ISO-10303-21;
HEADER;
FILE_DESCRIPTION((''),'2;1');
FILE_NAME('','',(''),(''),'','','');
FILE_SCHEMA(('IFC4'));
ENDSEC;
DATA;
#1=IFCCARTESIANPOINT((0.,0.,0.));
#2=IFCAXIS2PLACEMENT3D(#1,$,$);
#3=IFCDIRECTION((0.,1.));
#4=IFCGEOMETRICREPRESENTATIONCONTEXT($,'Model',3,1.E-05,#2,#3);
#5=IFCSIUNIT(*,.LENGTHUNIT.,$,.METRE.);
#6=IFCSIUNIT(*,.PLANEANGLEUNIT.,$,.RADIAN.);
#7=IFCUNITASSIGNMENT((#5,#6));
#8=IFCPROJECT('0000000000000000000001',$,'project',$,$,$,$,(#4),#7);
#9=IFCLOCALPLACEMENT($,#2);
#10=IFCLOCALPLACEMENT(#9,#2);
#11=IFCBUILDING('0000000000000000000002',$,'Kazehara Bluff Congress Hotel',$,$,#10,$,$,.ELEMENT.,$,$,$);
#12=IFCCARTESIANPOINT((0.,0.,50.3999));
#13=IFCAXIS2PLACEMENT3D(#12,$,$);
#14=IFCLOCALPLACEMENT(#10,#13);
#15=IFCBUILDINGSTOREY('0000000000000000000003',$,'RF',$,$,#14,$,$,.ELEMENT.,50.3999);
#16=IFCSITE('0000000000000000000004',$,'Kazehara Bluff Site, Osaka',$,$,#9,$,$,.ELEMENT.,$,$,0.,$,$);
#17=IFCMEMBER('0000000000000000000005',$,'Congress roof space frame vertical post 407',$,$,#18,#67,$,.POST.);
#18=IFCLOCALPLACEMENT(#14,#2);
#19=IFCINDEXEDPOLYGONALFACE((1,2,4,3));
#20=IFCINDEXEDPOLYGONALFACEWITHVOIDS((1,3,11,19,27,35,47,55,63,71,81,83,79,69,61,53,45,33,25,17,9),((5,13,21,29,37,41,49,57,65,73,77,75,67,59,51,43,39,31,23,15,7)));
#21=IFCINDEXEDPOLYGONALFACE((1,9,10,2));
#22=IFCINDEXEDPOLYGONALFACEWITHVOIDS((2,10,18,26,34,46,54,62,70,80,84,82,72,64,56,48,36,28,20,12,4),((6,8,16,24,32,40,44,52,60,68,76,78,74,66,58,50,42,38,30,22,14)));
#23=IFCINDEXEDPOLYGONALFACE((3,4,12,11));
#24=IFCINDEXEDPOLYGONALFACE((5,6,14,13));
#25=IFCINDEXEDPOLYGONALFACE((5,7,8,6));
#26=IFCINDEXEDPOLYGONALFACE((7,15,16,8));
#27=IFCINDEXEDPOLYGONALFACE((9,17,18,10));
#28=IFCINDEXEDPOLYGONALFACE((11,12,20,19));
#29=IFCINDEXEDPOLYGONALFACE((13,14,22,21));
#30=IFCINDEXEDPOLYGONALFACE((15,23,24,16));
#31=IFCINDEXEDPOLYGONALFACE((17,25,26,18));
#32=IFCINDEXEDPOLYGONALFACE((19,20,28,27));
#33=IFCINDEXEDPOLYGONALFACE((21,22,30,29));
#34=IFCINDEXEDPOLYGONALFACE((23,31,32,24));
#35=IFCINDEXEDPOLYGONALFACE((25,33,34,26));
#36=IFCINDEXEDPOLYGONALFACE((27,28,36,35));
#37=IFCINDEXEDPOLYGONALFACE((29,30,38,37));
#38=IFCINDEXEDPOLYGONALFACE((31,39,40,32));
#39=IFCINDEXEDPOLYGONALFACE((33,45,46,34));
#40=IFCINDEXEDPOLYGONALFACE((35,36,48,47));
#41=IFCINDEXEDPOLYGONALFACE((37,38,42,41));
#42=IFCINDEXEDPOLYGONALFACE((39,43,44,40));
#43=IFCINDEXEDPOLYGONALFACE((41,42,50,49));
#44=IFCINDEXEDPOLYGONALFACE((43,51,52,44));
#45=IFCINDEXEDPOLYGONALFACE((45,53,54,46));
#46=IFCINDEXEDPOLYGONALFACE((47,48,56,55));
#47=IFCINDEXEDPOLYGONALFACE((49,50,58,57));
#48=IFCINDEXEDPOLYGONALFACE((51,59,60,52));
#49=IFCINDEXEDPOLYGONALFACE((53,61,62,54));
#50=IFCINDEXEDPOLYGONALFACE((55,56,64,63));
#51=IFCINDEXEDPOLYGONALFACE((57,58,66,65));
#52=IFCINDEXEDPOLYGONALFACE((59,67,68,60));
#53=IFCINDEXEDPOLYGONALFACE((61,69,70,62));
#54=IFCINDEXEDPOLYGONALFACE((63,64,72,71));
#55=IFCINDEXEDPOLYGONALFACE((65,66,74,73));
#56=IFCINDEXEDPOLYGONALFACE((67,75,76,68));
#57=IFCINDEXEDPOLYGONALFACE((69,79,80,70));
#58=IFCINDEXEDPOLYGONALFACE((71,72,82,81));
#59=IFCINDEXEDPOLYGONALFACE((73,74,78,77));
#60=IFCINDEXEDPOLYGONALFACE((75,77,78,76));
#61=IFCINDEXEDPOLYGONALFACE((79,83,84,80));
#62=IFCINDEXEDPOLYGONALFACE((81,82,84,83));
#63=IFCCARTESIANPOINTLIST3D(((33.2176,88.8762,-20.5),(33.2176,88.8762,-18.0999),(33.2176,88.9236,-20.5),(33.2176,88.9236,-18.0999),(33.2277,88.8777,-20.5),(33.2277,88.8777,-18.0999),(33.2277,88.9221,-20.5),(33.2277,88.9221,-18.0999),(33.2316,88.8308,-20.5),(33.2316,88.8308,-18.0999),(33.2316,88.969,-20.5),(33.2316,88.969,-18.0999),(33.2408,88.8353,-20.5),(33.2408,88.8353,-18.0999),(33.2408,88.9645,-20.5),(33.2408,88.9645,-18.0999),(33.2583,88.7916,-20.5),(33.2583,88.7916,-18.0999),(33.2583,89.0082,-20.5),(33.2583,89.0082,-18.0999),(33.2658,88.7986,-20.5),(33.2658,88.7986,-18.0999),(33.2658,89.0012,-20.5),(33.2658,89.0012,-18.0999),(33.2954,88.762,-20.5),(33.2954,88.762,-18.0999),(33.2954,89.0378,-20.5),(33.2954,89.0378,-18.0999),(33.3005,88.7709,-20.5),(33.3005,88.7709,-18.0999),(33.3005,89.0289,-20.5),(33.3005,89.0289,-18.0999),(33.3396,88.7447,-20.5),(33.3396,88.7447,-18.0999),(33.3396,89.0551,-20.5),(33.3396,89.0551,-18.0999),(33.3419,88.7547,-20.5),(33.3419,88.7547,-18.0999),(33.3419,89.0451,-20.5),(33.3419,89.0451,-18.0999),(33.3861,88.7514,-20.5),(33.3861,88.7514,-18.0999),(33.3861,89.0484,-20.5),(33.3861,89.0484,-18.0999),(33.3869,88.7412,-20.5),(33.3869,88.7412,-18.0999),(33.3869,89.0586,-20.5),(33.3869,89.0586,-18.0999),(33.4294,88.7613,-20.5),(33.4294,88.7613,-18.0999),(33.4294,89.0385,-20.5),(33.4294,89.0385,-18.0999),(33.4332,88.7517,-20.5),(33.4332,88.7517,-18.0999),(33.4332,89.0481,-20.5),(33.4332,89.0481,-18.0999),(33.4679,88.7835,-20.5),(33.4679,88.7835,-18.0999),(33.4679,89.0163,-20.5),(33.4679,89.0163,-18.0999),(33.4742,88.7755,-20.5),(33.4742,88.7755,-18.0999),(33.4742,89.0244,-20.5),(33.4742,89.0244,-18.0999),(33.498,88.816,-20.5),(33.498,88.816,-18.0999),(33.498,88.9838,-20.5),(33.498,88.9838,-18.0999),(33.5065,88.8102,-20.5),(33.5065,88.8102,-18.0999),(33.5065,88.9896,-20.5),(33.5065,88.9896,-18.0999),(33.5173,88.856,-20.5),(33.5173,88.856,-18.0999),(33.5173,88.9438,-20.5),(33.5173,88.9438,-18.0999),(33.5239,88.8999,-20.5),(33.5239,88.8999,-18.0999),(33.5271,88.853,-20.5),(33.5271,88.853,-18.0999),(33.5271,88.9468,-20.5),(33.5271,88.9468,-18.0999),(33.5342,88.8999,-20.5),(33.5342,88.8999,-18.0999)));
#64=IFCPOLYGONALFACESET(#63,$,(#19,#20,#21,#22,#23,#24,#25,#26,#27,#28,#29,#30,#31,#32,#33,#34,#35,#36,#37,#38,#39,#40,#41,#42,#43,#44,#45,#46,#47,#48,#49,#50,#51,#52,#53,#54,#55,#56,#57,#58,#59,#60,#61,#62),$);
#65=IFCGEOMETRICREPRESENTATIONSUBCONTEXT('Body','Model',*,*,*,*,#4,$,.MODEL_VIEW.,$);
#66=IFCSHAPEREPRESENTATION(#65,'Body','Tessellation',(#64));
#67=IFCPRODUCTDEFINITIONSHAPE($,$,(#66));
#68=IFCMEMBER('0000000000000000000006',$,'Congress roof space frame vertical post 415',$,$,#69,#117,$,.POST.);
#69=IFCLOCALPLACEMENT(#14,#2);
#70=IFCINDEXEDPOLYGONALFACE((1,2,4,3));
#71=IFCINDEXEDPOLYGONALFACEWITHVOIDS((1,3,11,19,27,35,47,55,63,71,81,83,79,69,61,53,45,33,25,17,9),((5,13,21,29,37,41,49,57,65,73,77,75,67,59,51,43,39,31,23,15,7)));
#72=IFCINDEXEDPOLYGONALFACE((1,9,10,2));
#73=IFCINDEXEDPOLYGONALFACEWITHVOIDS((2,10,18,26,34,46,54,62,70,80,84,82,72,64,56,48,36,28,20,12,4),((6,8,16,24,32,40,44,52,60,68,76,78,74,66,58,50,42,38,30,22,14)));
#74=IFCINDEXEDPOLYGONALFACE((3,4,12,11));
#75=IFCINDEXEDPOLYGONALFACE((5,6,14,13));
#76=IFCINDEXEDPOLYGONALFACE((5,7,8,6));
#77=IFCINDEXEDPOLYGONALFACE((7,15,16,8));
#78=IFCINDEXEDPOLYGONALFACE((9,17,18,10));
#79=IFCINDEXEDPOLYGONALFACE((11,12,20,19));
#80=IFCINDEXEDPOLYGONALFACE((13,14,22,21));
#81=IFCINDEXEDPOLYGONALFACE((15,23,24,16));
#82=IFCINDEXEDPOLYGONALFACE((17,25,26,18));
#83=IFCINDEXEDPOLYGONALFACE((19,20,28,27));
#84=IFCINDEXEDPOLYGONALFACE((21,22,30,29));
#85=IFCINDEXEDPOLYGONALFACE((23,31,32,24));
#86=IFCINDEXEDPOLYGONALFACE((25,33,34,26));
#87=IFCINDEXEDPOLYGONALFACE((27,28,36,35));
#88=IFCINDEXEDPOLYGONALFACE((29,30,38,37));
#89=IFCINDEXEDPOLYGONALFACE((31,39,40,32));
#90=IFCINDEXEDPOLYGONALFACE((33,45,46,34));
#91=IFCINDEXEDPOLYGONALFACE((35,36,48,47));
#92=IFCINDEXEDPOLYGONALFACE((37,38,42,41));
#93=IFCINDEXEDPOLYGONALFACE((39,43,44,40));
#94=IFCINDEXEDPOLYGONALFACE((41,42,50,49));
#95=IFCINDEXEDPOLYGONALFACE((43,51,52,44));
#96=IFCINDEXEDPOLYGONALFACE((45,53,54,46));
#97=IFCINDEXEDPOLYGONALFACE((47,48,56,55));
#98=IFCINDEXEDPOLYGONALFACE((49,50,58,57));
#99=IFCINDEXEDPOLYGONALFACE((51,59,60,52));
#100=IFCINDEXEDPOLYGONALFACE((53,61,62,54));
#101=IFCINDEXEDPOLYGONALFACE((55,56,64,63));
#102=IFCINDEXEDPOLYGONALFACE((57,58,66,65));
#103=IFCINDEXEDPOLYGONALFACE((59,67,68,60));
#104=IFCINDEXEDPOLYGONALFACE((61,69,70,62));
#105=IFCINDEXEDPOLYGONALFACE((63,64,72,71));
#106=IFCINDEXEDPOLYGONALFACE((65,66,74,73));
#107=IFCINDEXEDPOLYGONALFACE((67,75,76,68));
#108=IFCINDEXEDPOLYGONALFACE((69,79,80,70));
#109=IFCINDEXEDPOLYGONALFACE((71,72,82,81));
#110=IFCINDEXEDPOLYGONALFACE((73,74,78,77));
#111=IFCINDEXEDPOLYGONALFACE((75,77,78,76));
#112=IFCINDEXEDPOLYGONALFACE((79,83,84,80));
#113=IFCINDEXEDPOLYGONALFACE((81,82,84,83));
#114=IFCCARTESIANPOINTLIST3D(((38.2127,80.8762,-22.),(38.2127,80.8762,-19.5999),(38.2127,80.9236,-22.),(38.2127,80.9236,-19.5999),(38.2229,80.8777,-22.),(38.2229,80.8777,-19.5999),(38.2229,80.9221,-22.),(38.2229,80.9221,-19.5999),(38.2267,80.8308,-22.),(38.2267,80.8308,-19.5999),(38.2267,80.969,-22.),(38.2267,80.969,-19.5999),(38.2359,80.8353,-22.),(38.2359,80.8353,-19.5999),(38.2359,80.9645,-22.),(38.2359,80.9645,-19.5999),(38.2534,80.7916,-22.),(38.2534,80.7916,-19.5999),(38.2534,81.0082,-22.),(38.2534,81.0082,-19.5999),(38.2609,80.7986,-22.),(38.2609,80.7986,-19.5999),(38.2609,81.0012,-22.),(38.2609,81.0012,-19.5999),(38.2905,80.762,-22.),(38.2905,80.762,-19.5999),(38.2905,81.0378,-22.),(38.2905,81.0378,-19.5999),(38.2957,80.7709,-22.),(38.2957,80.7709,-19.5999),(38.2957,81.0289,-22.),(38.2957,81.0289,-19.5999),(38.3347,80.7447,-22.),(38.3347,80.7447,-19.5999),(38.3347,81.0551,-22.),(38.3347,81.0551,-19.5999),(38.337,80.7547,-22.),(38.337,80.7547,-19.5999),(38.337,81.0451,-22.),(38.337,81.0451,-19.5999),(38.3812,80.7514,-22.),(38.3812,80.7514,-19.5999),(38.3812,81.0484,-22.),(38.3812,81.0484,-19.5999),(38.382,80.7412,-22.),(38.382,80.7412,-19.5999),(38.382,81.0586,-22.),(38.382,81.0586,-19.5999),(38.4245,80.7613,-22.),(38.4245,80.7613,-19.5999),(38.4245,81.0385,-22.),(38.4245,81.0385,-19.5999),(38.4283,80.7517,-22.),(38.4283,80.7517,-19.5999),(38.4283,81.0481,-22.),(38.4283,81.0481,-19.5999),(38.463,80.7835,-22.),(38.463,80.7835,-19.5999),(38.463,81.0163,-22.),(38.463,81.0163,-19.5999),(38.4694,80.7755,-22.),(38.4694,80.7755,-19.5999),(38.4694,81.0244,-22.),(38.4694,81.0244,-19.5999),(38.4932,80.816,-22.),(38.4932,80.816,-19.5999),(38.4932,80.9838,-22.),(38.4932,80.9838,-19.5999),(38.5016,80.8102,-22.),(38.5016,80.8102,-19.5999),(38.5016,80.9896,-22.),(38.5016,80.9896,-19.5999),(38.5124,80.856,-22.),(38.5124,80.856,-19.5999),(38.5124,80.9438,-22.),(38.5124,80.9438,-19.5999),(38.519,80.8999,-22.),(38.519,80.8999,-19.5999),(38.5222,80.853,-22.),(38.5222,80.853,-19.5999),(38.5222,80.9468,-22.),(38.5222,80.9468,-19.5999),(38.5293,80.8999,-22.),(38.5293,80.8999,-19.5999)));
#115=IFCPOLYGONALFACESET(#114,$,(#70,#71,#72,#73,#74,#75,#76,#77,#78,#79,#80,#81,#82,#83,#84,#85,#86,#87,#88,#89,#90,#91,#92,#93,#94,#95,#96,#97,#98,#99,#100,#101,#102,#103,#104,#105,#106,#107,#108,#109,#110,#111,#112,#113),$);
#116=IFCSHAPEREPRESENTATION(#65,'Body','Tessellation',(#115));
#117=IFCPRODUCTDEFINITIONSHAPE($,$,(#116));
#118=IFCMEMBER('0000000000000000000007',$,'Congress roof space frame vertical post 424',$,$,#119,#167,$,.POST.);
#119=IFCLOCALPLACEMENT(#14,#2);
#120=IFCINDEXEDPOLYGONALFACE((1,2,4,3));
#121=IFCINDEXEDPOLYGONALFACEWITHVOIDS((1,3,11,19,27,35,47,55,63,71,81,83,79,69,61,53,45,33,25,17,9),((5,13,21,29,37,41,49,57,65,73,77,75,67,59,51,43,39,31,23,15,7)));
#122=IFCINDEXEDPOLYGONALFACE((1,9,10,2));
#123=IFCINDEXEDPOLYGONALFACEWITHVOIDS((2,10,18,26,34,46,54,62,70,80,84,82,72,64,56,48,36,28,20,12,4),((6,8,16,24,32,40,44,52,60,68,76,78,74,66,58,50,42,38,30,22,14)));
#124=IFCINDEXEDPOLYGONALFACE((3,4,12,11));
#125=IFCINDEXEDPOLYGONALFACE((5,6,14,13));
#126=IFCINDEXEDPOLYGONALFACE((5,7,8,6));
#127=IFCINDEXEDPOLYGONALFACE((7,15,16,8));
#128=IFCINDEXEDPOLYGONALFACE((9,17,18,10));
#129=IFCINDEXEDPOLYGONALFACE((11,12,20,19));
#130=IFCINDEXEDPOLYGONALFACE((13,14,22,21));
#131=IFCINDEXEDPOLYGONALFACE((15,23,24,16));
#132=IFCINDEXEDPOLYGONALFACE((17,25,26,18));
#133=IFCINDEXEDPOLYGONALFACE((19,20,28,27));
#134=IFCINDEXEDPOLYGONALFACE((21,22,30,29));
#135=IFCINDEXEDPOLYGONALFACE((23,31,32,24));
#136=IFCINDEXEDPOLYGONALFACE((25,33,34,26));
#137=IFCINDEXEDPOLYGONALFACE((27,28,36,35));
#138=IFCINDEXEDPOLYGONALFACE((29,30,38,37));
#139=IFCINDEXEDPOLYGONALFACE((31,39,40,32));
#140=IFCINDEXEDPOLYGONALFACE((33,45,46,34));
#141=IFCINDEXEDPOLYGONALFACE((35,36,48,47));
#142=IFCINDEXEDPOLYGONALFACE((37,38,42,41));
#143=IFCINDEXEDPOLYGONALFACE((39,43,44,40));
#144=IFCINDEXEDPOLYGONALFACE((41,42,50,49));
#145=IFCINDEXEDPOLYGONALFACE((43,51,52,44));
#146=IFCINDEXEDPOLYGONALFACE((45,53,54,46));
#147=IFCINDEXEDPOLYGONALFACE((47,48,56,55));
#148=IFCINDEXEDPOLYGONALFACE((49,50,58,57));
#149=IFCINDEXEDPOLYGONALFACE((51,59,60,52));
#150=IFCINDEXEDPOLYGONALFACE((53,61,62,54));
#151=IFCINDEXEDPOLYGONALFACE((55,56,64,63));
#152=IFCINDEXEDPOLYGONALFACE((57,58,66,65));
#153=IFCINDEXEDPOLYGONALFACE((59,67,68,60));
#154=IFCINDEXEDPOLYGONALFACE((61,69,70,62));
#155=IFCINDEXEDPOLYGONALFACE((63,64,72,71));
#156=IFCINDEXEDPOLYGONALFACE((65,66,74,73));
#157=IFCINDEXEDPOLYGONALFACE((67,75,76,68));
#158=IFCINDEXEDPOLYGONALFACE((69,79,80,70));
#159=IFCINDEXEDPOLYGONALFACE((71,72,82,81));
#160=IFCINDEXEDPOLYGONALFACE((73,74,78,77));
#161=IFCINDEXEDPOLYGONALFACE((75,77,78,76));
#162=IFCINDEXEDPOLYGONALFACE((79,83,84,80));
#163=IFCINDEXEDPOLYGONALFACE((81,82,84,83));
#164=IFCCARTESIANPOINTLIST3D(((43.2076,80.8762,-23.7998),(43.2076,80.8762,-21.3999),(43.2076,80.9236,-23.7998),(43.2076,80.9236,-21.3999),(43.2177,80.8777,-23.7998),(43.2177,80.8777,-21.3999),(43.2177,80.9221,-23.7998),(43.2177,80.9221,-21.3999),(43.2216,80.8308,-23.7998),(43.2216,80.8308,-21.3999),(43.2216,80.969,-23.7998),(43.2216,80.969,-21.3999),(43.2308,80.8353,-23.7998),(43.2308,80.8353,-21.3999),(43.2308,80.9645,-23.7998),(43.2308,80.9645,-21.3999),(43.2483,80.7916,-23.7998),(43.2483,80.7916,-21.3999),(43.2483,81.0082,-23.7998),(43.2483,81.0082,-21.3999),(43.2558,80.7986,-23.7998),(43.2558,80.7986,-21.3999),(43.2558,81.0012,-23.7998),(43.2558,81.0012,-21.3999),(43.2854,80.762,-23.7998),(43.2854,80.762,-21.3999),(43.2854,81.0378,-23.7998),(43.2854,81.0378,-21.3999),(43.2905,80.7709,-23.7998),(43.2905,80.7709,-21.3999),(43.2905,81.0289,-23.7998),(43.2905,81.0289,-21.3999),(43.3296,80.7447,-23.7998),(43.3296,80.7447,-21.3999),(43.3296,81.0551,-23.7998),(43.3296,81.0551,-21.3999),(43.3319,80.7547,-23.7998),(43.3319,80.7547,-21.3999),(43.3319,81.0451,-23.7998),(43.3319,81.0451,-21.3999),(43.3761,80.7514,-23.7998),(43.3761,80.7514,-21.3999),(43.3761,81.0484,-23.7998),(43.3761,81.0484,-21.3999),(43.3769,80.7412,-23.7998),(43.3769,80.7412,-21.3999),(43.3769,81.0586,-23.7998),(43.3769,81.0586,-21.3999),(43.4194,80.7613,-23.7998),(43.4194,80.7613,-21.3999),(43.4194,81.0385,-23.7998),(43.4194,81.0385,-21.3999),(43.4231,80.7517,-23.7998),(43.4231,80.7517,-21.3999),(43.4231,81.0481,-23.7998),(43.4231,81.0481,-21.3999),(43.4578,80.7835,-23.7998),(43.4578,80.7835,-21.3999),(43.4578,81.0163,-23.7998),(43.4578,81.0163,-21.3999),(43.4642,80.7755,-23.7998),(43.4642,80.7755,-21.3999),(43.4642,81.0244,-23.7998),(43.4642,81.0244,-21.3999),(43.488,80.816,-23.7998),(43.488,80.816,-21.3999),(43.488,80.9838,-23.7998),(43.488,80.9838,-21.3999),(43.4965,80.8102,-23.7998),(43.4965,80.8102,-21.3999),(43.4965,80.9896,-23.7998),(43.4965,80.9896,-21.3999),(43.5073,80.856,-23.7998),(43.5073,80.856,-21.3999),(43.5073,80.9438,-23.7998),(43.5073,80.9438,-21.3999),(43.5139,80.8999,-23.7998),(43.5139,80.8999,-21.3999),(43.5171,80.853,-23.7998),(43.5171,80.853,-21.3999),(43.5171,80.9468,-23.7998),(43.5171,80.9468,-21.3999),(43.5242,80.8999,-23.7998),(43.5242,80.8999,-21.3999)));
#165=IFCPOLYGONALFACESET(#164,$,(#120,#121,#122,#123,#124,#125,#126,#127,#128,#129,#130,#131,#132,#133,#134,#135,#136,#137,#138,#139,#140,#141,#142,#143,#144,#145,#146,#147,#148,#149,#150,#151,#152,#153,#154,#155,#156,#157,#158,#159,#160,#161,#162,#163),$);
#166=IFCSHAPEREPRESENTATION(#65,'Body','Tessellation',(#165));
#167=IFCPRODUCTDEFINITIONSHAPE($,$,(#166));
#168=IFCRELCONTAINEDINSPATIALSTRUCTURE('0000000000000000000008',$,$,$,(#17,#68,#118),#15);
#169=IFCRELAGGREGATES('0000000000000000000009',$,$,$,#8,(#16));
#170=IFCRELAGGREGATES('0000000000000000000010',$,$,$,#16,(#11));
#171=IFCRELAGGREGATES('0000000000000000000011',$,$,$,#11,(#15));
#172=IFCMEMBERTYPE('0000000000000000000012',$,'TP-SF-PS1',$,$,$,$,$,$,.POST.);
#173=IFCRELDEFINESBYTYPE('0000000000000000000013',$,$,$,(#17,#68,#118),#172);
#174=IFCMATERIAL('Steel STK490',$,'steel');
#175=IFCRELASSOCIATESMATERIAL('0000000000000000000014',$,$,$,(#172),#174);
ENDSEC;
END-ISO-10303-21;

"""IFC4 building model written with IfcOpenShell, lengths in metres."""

from ifc_helpers import new_model, si_unit, direction, frame, origin, origin_2d, place, context, subcontext, project, spatial, hollow_circle, extrude, material, material_profile, profile_set, type_object, element, save


model = new_model("IFC4")

# Units and contexts
model_context = context("Model", 3, precision=1e-05, world=origin(), true_north=direction((0.0, 1.0)))
body_context = subcontext(model_context, "Body", "Model", "MODEL_VIEW")
ifc_project = project(units=[si_unit("LENGTHUNIT", "METRE"), si_unit("PLANEANGLEUNIT", "RADIAN")], contexts=[model_context])

# Site, building, storey
site_placement = place(None, origin())
site = spatial("IfcSite", under=ifc_project, at=site_placement, Name="Kazehara Bluff Site, Osaka", CompositionType="ELEMENT", RefElevation=0.0)
building_placement = place(site_placement, origin())
building = spatial("IfcBuilding", under=site, at=building_placement, Name="Kazehara Bluff Congress Hotel", CompositionType="ELEMENT")
storey_placement = place(building_placement, frame((0.0, 0.0, 50.3999)))
storey = spatial("IfcBuildingStorey", under=building, at=storey_placement, Name="RF", CompositionType="ELEMENT", Elevation=50.3999)

# Members
ifc_material_1 = material(Name="Steel STK490", Category="steel")
ifc_material_profile_1 = material_profile(ifc_material_1, hollow_circle(Radius=0.1592, WallThickness=0.0103, at=origin_2d()))
ifc_profile_set_1 = profile_set([ifc_material_profile_1], Name="Steel STK490")
member_type_1 = type_object("IfcMemberType", Name="TP-SF-PS1", PredefinedType="POST", material=ifc_profile_set_1)
for number, where, z_axis, x_axis, name in (
    (1, (33.375, 88.8999, -20.5), (0.0, 0.0, 1.0), (1.0, 0.0, 0.0), "Congress roof space frame vertical post 407"),
    (2, (38.3701, 80.8999, -22.0), (0.0, 0.0, 1.0), (1.0, 0.0, 0.0), "Congress roof space frame vertical post 415"),
):
    element("IfcMember", number, at=place(storey_placement, frame(where, z_axis=z_axis, x_axis=x_axis)), inside=storey, type_object=member_type_1, Name=name, PredefinedType="POST", context=body_context, shape_type="SweptSolid", body=[
        extrude(hollow_circle(Radius=0.1592, WallThickness=0.0103, at=origin_2d()), origin(), (0.0, 0.0, 1.0), 2.4001),
    ])
member_1_placement = place(storey_placement, frame((43.365, 80.8999, -23.7998), z_axis=(0.0, 0.0, 1.0), x_axis=(1.0, 0.0, 0.0)))
element("IfcMember", 3, at=member_1_placement, inside=storey, type_object=member_type_1, Name="Congress roof space frame vertical post 424", PredefinedType="POST", context=body_context, shape_type="SweptSolid", body=[
    extrude(hollow_circle(Radius=0.1592, WallThickness=0.0103, at=origin_2d()), origin(), (0.0, 0.0, 1.0), 2.3999),
])

save(model, "model.ifc")
